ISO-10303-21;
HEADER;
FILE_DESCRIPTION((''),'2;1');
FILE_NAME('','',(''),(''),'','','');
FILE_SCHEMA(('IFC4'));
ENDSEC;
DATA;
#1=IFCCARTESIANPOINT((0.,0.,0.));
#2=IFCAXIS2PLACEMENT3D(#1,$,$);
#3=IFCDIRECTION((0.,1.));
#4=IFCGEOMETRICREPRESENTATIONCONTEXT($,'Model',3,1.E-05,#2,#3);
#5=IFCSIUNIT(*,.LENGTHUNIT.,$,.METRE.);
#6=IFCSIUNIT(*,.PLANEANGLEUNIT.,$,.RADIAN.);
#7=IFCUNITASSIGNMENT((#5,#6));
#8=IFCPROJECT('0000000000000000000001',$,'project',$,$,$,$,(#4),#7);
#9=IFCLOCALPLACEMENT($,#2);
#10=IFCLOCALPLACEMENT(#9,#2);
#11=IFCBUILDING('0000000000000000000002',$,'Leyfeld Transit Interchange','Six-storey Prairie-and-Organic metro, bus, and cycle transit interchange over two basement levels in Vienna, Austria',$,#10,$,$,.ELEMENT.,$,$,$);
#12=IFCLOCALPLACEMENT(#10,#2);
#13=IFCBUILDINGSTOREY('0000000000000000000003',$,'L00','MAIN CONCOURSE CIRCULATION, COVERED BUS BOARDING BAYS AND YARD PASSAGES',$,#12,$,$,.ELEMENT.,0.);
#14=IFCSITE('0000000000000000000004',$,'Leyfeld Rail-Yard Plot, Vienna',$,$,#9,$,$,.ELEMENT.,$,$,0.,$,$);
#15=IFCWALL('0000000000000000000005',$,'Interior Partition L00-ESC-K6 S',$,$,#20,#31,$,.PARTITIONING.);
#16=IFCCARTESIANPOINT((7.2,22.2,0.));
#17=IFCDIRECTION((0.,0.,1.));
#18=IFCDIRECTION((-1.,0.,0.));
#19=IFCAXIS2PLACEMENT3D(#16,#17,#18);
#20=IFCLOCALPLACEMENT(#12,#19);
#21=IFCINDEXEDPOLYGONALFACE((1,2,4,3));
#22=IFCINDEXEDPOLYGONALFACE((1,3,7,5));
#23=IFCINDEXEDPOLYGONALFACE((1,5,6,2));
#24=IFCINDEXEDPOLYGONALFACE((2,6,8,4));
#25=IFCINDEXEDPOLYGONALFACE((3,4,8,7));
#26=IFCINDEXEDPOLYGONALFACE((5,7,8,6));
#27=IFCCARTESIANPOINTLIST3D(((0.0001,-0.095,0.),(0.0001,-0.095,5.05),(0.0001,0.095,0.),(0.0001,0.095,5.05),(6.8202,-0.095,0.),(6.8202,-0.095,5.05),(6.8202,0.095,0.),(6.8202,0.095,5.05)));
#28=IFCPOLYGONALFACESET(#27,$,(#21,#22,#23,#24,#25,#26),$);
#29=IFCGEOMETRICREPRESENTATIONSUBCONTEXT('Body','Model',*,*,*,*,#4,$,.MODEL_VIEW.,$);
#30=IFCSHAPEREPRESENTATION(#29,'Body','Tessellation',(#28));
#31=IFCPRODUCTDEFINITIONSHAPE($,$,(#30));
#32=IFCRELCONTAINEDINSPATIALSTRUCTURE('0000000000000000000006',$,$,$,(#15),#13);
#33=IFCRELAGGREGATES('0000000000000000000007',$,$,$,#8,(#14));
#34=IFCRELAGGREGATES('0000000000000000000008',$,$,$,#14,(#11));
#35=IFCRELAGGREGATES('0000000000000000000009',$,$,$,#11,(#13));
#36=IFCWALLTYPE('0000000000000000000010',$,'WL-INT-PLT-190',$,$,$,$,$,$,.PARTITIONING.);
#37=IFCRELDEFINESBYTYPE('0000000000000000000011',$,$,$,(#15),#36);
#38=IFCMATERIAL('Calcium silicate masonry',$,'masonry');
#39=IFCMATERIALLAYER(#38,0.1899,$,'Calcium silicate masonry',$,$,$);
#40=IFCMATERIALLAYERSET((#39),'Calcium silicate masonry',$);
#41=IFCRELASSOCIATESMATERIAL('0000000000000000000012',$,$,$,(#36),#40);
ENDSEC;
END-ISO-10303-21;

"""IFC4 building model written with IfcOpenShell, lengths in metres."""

from ifc_helpers import new_model, si_unit, direction, frame, frame_2d, origin, place, context, subcontext, project, spatial, rectangle, extrude, material, layer, layer_set, type_object, element, save


model = new_model("IFC4")

# Units and contexts
model_context = context("Model", 3, precision=1e-05, world=origin(), true_north=direction((0.0, 1.0)))
body_context = subcontext(model_context, "Body", "Model", "MODEL_VIEW")
ifc_project = project(units=[si_unit("LENGTHUNIT", "METRE"), si_unit("PLANEANGLEUNIT", "RADIAN")], contexts=[model_context])

# Site, building, storey
site_placement = place(None, origin())
site = spatial("IfcSite", under=ifc_project, at=site_placement, Name="Leyfeld Rail-Yard Plot, Vienna", CompositionType="ELEMENT", RefElevation=0.0)
building_placement = place(site_placement, origin())
building = spatial("IfcBuilding", under=site, at=building_placement, Name="Leyfeld Transit Interchange", Description="Six-storey Prairie-and-Organic metro, bus, and cycle transit interchange over two basement levels in Vienna, Austria", CompositionType="ELEMENT")
storey_placement = place(building_placement, origin())
storey = spatial("IfcBuildingStorey", under=building, at=storey_placement, Name="L00", Description="MAIN CONCOURSE CIRCULATION, COVERED BUS BOARDING BAYS AND YARD PASSAGES", CompositionType="ELEMENT", Elevation=0.0)

# Wall
ifc_material_1 = material(Name="Calcium silicate masonry", Category="masonry")
ifc_layer_1 = layer(ifc_material_1, 0.1899, Name="Calcium silicate masonry")
ifc_layer_set_1 = layer_set([ifc_layer_1], Name="Calcium silicate masonry")
wall_type_1 = type_object("IfcWallType", Name="WL-INT-PLT-190", PredefinedType="PARTITIONING", material=ifc_layer_set_1)
for number, where, z_axis, x_axis, name in (
    (1, (7.2, 22.2, 0.0), (0.0, 0.0, 1.0), (-1.0, 0.0, 0.0), "Interior Partition L00-ESC-K6 S"),
):
    element("IfcWall", number, at=place(storey_placement, frame(where, z_axis=z_axis, x_axis=x_axis)), inside=storey, type_object=wall_type_1, Name=name, PredefinedType="PARTITIONING", context=body_context, shape_type="SweptSolid", body=[
        extrude(rectangle(XDim=6.8201, YDim=0.1899, at=frame_2d((3.4102, 0.0))), origin(), (0.0, 0.0, 1.0), 5.05),
    ])

save(model, "model.ifc")
